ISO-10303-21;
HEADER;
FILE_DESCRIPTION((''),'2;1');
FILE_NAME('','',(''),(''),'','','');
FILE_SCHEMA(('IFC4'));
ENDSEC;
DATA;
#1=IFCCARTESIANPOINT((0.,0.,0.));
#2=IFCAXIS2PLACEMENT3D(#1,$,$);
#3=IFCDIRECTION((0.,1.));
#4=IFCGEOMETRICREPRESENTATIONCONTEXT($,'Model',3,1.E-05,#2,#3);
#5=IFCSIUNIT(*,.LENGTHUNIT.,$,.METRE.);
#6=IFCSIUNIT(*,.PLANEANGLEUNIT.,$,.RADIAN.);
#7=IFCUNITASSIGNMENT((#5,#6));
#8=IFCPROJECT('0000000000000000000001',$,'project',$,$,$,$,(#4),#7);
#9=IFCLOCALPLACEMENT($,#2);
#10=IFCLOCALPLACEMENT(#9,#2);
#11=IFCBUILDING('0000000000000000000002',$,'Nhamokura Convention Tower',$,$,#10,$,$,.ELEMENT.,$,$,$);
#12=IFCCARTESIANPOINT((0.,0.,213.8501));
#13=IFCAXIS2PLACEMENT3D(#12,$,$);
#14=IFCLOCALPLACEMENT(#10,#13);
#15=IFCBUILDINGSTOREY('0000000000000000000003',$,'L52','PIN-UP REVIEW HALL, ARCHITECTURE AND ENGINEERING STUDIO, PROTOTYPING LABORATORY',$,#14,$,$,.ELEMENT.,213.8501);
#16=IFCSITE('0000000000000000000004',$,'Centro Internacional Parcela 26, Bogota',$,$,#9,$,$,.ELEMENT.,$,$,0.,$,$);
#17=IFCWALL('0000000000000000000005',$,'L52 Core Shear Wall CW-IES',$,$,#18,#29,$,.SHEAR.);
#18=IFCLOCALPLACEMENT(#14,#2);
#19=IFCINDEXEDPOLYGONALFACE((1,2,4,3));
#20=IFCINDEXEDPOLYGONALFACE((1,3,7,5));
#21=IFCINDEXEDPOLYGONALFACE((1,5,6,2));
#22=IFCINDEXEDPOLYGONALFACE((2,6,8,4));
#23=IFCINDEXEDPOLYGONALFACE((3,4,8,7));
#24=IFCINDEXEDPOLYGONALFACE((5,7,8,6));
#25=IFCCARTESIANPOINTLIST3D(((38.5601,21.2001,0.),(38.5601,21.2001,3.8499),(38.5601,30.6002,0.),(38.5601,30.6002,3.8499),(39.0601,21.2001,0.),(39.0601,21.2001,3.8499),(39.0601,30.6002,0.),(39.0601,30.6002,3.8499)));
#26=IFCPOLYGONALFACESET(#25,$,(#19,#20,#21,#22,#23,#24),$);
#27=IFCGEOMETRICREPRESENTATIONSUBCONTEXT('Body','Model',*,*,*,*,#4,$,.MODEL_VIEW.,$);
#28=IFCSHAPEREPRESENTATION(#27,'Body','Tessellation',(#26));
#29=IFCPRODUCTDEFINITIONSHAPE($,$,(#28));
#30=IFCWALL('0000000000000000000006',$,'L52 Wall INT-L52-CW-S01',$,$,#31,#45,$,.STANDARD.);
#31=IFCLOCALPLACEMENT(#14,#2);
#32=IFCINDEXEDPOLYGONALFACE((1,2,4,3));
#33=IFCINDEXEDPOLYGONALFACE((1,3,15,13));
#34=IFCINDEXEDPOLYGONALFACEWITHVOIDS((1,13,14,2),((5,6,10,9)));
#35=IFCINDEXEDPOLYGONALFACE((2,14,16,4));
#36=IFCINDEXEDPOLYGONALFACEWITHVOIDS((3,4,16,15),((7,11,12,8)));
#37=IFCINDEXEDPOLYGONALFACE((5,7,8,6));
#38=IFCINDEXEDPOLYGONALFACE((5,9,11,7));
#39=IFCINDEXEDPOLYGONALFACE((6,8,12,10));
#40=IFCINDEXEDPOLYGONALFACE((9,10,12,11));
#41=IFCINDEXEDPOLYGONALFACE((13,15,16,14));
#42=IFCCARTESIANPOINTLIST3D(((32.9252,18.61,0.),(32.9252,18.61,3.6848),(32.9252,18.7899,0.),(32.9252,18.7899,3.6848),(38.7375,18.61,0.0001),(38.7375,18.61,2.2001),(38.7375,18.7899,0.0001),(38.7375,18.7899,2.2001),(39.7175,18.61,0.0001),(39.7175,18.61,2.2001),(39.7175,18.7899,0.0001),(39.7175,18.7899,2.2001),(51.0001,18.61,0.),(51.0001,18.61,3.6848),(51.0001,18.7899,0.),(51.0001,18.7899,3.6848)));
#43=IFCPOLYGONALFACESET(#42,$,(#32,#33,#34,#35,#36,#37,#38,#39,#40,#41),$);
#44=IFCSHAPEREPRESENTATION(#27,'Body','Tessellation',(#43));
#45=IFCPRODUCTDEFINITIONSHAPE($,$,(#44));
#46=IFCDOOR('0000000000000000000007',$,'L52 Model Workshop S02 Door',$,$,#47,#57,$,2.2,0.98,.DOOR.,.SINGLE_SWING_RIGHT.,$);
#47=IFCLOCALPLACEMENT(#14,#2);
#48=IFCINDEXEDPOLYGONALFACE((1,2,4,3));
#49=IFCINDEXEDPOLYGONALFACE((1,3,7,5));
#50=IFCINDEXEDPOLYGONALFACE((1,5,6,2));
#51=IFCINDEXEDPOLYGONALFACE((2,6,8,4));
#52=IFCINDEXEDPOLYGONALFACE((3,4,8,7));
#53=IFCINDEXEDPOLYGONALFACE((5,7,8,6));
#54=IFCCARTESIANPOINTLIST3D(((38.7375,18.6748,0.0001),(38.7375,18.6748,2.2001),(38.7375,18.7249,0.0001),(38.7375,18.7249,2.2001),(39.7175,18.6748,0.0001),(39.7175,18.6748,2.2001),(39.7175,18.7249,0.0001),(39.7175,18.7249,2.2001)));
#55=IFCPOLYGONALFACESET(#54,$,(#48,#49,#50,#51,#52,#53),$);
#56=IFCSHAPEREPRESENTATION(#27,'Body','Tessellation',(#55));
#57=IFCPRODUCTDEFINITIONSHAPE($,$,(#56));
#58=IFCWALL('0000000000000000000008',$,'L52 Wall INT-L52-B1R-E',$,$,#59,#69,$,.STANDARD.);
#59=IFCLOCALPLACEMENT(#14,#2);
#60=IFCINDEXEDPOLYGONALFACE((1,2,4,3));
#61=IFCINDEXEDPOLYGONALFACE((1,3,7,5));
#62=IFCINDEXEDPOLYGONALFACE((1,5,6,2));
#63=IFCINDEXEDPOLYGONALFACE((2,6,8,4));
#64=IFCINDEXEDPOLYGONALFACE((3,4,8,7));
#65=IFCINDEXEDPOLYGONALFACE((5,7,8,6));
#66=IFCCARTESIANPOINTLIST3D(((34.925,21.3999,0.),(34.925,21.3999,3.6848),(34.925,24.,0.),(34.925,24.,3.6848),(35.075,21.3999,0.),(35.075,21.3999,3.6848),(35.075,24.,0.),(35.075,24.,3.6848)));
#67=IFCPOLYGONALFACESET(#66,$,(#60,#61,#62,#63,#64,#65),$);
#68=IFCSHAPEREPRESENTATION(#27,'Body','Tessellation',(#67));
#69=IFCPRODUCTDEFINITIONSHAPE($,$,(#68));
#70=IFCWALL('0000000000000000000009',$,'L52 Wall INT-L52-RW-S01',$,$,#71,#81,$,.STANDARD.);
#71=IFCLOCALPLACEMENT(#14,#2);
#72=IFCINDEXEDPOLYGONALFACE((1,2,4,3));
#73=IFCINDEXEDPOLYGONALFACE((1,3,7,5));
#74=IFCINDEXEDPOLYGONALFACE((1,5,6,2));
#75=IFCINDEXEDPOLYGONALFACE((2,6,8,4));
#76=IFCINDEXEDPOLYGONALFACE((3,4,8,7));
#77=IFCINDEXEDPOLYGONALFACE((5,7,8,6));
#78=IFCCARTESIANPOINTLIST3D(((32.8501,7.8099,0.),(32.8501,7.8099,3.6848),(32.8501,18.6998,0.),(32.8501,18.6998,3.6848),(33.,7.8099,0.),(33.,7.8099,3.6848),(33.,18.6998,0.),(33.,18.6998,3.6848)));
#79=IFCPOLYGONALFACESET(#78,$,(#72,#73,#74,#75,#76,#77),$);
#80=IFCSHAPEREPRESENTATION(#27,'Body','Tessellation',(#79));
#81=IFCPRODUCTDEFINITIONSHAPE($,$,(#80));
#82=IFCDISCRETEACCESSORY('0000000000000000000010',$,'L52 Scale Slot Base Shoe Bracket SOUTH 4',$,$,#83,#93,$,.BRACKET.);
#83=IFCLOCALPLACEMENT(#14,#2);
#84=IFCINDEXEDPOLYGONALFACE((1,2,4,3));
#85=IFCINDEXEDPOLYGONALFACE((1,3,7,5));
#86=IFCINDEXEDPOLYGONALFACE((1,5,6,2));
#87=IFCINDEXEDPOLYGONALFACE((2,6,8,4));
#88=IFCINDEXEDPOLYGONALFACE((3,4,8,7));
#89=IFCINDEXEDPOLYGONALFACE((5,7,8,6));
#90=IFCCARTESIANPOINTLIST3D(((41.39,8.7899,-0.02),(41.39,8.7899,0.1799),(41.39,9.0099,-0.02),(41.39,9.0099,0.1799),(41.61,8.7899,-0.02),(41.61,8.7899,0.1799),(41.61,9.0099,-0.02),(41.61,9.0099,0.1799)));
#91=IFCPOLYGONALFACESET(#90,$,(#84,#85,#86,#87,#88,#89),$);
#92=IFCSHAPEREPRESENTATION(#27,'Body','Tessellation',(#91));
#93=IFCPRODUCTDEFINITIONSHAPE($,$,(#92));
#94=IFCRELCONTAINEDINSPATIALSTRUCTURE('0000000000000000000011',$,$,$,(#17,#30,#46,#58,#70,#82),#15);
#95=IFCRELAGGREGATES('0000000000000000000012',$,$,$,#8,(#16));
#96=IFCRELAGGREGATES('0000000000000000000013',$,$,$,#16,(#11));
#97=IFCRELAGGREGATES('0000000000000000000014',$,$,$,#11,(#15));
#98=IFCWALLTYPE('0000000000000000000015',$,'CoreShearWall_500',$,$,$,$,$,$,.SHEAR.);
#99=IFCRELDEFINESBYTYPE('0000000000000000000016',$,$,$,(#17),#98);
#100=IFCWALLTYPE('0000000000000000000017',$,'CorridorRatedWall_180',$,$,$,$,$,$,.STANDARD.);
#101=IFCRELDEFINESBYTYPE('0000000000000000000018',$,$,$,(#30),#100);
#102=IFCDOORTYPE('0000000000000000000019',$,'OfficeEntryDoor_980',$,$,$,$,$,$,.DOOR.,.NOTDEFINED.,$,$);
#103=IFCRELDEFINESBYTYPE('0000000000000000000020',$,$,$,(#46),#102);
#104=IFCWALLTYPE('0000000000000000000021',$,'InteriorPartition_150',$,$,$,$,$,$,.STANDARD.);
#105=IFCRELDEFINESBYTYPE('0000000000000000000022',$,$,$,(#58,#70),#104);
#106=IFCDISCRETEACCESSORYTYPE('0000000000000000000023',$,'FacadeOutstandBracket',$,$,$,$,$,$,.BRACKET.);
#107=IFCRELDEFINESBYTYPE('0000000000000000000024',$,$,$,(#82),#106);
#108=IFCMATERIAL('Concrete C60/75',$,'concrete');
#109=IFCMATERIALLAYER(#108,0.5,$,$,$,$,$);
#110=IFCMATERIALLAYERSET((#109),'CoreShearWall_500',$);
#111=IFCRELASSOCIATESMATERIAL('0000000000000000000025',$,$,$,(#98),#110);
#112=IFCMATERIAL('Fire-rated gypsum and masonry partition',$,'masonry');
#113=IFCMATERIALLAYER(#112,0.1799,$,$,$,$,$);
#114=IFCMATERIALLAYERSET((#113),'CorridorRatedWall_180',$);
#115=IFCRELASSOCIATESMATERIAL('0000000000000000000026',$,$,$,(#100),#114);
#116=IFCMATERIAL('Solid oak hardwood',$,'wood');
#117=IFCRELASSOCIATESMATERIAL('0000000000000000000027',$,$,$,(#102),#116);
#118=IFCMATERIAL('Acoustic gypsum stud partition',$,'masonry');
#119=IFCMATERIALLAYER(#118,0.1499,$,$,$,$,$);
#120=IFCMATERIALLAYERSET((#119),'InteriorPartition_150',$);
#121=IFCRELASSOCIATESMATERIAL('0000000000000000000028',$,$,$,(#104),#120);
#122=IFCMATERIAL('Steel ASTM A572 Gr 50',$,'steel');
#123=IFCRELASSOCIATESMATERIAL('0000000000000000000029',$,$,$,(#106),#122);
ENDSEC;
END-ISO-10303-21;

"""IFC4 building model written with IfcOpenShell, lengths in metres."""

from ifc_helpers import new_model, si_unit, direction, frame, frame_2d, origin, origin_2d, place, context, subcontext, project, spatial, rectangle, extrude, material, layer, layer_set, type_object, element, fill, save


model = new_model("IFC4")

# Units and contexts
model_context = context("Model", 3, precision=1e-05, world=origin(), true_north=direction((0.0, 1.0)))
body_context = subcontext(model_context, "Body", "Model", "MODEL_VIEW")
ifc_project = project(units=[si_unit("LENGTHUNIT", "METRE"), si_unit("PLANEANGLEUNIT", "RADIAN")], contexts=[model_context])

# Site, building, storey
site_placement = place(None, origin())
site = spatial("IfcSite", under=ifc_project, at=site_placement, Name="Centro Internacional Parcela 26, Bogota", CompositionType="ELEMENT", RefElevation=0.0)
building_placement = place(site_placement, origin())
building = spatial("IfcBuilding", under=site, at=building_placement, Name="Nhamokura Convention Tower", CompositionType="ELEMENT")
storey_placement = place(building_placement, frame((0.0, 0.0, 213.8501)))
storey = spatial("IfcBuildingStorey", under=building, at=storey_placement, Name="L52", Description="PIN-UP REVIEW HALL, ARCHITECTURE AND ENGINEERING STUDIO, PROTOTYPING LABORATORY", CompositionType="ELEMENT", Elevation=213.8501)

# Shared definitions
ifc_material_1 = material(Name="Concrete C60/75", Category="concrete")
ifc_layer_1 = layer(ifc_material_1, 0.5)
ifc_layer_set_1 = layer_set([ifc_layer_1], Name="CoreShearWall_500")
wall_type_1 = type_object("IfcWallType", Name="CoreShearWall_500", PredefinedType="SHEAR", material=ifc_layer_set_1)

# Wall
wall_1_placement = place(storey_placement, frame((38.8101, 21.2, 0.0), z_axis=(0.0, 0.0, 1.0), x_axis=(0.0, 1.0, 0.0)))
element("IfcWall", 1, at=wall_1_placement, inside=storey, type_object=wall_type_1, Name="L52 Core Shear Wall CW-IES", PredefinedType="SHEAR", context=body_context, shape_type="SweptSolid", body=[
    extrude(rectangle(XDim=9.4001, YDim=0.5, at=frame_2d((4.7002, 0.0))), origin(), (0.0, 0.0, 1.0), 3.8499),
])

# Wall, opening, door
ifc_material_2 = material(Name="Fire-rated gypsum and masonry partition", Category="masonry")
ifc_layer_2 = layer(ifc_material_2, 0.1799)
ifc_layer_set_2 = layer_set([ifc_layer_2], Name="CorridorRatedWall_180")
wall_type_2 = type_object("IfcWallType", Name="CorridorRatedWall_180", PredefinedType="STANDARD", material=ifc_layer_set_2)
wall_2_placement = place(storey_placement, frame((32.925, 18.7, 0.0), z_axis=(0.0, 0.0, 1.0), x_axis=(1.0, 0.0, 0.0)))
wall_2 = element("IfcWall", 2, at=wall_2_placement, inside=storey, type_object=wall_type_2, Name="L52 Wall INT-L52-CW-S01", PredefinedType="STANDARD", context=body_context, shape_type="SweptSolid", body=[
    extrude(rectangle(XDim=18.075, YDim=0.1799, at=frame_2d((9.0376, 0.0))), origin(), (0.0, 0.0, 1.0), 3.6848),
])
opening_1_placement = place(wall_2_placement, frame((5.8125, 0.0, 0.0)))
opening_1 = element("IfcOpeningElement", 3, at=opening_1_placement, cuts=wall_2, PredefinedType="OPENING", context=body_context, shape_type="SweptSolid", body=[
    extrude(rectangle(XDim=0.98, YDim=2.2, at=frame_2d((0.49, 1.1001))), frame((0.0, 0.0999, 0.0), z_axis=(0.0, -1.0, 0.0), x_axis=(1.0, 0.0, 0.0)), (0.0, 0.0, 1.0), 0.2),
])
ifc_material_3 = material(Name="Solid oak hardwood", Category="wood")
door_type_1 = type_object("IfcDoorType", Name="OfficeEntryDoor_980", OperationType="NOTDEFINED", PredefinedType="DOOR", material=ifc_material_3)
door_1_placement = place(opening_1_placement, origin())
door_1 = element("IfcDoor", 4, at=door_1_placement, inside=storey, type_object=door_type_1, Name="L52 Model Workshop S02 Door", OperationType="SINGLE_SWING_RIGHT", OverallHeight=2.2, OverallWidth=0.98, PredefinedType="DOOR", context=body_context, shape_type="SweptSolid", body=[
    extrude(rectangle(XDim=0.98, YDim=2.2, at=frame_2d((0.49, 1.1001))), frame((0.0, 0.0249, 0.0), z_axis=(0.0, -1.0, 0.0), x_axis=(1.0, 0.0, 0.0)), (0.0, 0.0, 1.0), 0.05),
])
fill(opening_1, door_1)

# Walls
ifc_material_4 = material(Name="Acoustic gypsum stud partition", Category="masonry")
ifc_layer_3 = layer(ifc_material_4, 0.1499)
ifc_layer_set_3 = layer_set([ifc_layer_3], Name="InteriorPartition_150")
wall_type_3 = type_object("IfcWallType", Name="InteriorPartition_150", PredefinedType="STANDARD", material=ifc_layer_set_3)
wall_3_placement = place(storey_placement, frame((35.0, 21.3999, 0.0), z_axis=(0.0, 0.0, 1.0), x_axis=(0.0, 1.0, 0.0)))
element("IfcWall", 5, at=wall_3_placement, inside=storey, type_object=wall_type_3, Name="L52 Wall INT-L52-B1R-E", PredefinedType="STANDARD", context=body_context, shape_type="SweptSolid", body=[
    extrude(rectangle(XDim=2.6001, YDim=0.1499, at=frame_2d((1.3, 0.0))), origin(), (0.0, 0.0, 1.0), 3.6848),
])
wall_4_placement = place(storey_placement, frame((32.925, 7.8101, 0.0), z_axis=(0.0, 0.0, 1.0), x_axis=(0.0, 1.0, 0.0)))
element("IfcWall", 6, at=wall_4_placement, inside=storey, type_object=wall_type_3, Name="L52 Wall INT-L52-RW-S01", PredefinedType="STANDARD", context=body_context, shape_type="SweptSolid", body=[
    extrude(rectangle(XDim=10.8899, YDim=0.1499, at=frame_2d((5.4448, 0.0))), origin(), (0.0, 0.0, 1.0), 3.6848),
])

# Discrete accessory
ifc_material_5 = material(Name="Steel ASTM A572 Gr 50", Category="steel")
discrete_accessory_type = type_object("IfcDiscreteAccessoryType", Name="FacadeOutstandBracket", PredefinedType="BRACKET", material=ifc_material_5)
discrete_accessory_placement = place(storey_placement, frame((41.5, 8.8999, -0.02), z_axis=(0.0, 0.0, 1.0), x_axis=(1.0, 0.0, 0.0)))
element("IfcDiscreteAccessory", 7, at=discrete_accessory_placement, inside=storey, type_object=discrete_accessory_type, Name="L52 Scale Slot Base Shoe Bracket SOUTH 4", PredefinedType="BRACKET", context=body_context, shape_type="SweptSolid", body=[
    extrude(rectangle(XDim=0.22, YDim=0.22, at=origin_2d()), origin(), (0.0, 0.0, 1.0), 0.2),
])

save(model, "model.ifc")
